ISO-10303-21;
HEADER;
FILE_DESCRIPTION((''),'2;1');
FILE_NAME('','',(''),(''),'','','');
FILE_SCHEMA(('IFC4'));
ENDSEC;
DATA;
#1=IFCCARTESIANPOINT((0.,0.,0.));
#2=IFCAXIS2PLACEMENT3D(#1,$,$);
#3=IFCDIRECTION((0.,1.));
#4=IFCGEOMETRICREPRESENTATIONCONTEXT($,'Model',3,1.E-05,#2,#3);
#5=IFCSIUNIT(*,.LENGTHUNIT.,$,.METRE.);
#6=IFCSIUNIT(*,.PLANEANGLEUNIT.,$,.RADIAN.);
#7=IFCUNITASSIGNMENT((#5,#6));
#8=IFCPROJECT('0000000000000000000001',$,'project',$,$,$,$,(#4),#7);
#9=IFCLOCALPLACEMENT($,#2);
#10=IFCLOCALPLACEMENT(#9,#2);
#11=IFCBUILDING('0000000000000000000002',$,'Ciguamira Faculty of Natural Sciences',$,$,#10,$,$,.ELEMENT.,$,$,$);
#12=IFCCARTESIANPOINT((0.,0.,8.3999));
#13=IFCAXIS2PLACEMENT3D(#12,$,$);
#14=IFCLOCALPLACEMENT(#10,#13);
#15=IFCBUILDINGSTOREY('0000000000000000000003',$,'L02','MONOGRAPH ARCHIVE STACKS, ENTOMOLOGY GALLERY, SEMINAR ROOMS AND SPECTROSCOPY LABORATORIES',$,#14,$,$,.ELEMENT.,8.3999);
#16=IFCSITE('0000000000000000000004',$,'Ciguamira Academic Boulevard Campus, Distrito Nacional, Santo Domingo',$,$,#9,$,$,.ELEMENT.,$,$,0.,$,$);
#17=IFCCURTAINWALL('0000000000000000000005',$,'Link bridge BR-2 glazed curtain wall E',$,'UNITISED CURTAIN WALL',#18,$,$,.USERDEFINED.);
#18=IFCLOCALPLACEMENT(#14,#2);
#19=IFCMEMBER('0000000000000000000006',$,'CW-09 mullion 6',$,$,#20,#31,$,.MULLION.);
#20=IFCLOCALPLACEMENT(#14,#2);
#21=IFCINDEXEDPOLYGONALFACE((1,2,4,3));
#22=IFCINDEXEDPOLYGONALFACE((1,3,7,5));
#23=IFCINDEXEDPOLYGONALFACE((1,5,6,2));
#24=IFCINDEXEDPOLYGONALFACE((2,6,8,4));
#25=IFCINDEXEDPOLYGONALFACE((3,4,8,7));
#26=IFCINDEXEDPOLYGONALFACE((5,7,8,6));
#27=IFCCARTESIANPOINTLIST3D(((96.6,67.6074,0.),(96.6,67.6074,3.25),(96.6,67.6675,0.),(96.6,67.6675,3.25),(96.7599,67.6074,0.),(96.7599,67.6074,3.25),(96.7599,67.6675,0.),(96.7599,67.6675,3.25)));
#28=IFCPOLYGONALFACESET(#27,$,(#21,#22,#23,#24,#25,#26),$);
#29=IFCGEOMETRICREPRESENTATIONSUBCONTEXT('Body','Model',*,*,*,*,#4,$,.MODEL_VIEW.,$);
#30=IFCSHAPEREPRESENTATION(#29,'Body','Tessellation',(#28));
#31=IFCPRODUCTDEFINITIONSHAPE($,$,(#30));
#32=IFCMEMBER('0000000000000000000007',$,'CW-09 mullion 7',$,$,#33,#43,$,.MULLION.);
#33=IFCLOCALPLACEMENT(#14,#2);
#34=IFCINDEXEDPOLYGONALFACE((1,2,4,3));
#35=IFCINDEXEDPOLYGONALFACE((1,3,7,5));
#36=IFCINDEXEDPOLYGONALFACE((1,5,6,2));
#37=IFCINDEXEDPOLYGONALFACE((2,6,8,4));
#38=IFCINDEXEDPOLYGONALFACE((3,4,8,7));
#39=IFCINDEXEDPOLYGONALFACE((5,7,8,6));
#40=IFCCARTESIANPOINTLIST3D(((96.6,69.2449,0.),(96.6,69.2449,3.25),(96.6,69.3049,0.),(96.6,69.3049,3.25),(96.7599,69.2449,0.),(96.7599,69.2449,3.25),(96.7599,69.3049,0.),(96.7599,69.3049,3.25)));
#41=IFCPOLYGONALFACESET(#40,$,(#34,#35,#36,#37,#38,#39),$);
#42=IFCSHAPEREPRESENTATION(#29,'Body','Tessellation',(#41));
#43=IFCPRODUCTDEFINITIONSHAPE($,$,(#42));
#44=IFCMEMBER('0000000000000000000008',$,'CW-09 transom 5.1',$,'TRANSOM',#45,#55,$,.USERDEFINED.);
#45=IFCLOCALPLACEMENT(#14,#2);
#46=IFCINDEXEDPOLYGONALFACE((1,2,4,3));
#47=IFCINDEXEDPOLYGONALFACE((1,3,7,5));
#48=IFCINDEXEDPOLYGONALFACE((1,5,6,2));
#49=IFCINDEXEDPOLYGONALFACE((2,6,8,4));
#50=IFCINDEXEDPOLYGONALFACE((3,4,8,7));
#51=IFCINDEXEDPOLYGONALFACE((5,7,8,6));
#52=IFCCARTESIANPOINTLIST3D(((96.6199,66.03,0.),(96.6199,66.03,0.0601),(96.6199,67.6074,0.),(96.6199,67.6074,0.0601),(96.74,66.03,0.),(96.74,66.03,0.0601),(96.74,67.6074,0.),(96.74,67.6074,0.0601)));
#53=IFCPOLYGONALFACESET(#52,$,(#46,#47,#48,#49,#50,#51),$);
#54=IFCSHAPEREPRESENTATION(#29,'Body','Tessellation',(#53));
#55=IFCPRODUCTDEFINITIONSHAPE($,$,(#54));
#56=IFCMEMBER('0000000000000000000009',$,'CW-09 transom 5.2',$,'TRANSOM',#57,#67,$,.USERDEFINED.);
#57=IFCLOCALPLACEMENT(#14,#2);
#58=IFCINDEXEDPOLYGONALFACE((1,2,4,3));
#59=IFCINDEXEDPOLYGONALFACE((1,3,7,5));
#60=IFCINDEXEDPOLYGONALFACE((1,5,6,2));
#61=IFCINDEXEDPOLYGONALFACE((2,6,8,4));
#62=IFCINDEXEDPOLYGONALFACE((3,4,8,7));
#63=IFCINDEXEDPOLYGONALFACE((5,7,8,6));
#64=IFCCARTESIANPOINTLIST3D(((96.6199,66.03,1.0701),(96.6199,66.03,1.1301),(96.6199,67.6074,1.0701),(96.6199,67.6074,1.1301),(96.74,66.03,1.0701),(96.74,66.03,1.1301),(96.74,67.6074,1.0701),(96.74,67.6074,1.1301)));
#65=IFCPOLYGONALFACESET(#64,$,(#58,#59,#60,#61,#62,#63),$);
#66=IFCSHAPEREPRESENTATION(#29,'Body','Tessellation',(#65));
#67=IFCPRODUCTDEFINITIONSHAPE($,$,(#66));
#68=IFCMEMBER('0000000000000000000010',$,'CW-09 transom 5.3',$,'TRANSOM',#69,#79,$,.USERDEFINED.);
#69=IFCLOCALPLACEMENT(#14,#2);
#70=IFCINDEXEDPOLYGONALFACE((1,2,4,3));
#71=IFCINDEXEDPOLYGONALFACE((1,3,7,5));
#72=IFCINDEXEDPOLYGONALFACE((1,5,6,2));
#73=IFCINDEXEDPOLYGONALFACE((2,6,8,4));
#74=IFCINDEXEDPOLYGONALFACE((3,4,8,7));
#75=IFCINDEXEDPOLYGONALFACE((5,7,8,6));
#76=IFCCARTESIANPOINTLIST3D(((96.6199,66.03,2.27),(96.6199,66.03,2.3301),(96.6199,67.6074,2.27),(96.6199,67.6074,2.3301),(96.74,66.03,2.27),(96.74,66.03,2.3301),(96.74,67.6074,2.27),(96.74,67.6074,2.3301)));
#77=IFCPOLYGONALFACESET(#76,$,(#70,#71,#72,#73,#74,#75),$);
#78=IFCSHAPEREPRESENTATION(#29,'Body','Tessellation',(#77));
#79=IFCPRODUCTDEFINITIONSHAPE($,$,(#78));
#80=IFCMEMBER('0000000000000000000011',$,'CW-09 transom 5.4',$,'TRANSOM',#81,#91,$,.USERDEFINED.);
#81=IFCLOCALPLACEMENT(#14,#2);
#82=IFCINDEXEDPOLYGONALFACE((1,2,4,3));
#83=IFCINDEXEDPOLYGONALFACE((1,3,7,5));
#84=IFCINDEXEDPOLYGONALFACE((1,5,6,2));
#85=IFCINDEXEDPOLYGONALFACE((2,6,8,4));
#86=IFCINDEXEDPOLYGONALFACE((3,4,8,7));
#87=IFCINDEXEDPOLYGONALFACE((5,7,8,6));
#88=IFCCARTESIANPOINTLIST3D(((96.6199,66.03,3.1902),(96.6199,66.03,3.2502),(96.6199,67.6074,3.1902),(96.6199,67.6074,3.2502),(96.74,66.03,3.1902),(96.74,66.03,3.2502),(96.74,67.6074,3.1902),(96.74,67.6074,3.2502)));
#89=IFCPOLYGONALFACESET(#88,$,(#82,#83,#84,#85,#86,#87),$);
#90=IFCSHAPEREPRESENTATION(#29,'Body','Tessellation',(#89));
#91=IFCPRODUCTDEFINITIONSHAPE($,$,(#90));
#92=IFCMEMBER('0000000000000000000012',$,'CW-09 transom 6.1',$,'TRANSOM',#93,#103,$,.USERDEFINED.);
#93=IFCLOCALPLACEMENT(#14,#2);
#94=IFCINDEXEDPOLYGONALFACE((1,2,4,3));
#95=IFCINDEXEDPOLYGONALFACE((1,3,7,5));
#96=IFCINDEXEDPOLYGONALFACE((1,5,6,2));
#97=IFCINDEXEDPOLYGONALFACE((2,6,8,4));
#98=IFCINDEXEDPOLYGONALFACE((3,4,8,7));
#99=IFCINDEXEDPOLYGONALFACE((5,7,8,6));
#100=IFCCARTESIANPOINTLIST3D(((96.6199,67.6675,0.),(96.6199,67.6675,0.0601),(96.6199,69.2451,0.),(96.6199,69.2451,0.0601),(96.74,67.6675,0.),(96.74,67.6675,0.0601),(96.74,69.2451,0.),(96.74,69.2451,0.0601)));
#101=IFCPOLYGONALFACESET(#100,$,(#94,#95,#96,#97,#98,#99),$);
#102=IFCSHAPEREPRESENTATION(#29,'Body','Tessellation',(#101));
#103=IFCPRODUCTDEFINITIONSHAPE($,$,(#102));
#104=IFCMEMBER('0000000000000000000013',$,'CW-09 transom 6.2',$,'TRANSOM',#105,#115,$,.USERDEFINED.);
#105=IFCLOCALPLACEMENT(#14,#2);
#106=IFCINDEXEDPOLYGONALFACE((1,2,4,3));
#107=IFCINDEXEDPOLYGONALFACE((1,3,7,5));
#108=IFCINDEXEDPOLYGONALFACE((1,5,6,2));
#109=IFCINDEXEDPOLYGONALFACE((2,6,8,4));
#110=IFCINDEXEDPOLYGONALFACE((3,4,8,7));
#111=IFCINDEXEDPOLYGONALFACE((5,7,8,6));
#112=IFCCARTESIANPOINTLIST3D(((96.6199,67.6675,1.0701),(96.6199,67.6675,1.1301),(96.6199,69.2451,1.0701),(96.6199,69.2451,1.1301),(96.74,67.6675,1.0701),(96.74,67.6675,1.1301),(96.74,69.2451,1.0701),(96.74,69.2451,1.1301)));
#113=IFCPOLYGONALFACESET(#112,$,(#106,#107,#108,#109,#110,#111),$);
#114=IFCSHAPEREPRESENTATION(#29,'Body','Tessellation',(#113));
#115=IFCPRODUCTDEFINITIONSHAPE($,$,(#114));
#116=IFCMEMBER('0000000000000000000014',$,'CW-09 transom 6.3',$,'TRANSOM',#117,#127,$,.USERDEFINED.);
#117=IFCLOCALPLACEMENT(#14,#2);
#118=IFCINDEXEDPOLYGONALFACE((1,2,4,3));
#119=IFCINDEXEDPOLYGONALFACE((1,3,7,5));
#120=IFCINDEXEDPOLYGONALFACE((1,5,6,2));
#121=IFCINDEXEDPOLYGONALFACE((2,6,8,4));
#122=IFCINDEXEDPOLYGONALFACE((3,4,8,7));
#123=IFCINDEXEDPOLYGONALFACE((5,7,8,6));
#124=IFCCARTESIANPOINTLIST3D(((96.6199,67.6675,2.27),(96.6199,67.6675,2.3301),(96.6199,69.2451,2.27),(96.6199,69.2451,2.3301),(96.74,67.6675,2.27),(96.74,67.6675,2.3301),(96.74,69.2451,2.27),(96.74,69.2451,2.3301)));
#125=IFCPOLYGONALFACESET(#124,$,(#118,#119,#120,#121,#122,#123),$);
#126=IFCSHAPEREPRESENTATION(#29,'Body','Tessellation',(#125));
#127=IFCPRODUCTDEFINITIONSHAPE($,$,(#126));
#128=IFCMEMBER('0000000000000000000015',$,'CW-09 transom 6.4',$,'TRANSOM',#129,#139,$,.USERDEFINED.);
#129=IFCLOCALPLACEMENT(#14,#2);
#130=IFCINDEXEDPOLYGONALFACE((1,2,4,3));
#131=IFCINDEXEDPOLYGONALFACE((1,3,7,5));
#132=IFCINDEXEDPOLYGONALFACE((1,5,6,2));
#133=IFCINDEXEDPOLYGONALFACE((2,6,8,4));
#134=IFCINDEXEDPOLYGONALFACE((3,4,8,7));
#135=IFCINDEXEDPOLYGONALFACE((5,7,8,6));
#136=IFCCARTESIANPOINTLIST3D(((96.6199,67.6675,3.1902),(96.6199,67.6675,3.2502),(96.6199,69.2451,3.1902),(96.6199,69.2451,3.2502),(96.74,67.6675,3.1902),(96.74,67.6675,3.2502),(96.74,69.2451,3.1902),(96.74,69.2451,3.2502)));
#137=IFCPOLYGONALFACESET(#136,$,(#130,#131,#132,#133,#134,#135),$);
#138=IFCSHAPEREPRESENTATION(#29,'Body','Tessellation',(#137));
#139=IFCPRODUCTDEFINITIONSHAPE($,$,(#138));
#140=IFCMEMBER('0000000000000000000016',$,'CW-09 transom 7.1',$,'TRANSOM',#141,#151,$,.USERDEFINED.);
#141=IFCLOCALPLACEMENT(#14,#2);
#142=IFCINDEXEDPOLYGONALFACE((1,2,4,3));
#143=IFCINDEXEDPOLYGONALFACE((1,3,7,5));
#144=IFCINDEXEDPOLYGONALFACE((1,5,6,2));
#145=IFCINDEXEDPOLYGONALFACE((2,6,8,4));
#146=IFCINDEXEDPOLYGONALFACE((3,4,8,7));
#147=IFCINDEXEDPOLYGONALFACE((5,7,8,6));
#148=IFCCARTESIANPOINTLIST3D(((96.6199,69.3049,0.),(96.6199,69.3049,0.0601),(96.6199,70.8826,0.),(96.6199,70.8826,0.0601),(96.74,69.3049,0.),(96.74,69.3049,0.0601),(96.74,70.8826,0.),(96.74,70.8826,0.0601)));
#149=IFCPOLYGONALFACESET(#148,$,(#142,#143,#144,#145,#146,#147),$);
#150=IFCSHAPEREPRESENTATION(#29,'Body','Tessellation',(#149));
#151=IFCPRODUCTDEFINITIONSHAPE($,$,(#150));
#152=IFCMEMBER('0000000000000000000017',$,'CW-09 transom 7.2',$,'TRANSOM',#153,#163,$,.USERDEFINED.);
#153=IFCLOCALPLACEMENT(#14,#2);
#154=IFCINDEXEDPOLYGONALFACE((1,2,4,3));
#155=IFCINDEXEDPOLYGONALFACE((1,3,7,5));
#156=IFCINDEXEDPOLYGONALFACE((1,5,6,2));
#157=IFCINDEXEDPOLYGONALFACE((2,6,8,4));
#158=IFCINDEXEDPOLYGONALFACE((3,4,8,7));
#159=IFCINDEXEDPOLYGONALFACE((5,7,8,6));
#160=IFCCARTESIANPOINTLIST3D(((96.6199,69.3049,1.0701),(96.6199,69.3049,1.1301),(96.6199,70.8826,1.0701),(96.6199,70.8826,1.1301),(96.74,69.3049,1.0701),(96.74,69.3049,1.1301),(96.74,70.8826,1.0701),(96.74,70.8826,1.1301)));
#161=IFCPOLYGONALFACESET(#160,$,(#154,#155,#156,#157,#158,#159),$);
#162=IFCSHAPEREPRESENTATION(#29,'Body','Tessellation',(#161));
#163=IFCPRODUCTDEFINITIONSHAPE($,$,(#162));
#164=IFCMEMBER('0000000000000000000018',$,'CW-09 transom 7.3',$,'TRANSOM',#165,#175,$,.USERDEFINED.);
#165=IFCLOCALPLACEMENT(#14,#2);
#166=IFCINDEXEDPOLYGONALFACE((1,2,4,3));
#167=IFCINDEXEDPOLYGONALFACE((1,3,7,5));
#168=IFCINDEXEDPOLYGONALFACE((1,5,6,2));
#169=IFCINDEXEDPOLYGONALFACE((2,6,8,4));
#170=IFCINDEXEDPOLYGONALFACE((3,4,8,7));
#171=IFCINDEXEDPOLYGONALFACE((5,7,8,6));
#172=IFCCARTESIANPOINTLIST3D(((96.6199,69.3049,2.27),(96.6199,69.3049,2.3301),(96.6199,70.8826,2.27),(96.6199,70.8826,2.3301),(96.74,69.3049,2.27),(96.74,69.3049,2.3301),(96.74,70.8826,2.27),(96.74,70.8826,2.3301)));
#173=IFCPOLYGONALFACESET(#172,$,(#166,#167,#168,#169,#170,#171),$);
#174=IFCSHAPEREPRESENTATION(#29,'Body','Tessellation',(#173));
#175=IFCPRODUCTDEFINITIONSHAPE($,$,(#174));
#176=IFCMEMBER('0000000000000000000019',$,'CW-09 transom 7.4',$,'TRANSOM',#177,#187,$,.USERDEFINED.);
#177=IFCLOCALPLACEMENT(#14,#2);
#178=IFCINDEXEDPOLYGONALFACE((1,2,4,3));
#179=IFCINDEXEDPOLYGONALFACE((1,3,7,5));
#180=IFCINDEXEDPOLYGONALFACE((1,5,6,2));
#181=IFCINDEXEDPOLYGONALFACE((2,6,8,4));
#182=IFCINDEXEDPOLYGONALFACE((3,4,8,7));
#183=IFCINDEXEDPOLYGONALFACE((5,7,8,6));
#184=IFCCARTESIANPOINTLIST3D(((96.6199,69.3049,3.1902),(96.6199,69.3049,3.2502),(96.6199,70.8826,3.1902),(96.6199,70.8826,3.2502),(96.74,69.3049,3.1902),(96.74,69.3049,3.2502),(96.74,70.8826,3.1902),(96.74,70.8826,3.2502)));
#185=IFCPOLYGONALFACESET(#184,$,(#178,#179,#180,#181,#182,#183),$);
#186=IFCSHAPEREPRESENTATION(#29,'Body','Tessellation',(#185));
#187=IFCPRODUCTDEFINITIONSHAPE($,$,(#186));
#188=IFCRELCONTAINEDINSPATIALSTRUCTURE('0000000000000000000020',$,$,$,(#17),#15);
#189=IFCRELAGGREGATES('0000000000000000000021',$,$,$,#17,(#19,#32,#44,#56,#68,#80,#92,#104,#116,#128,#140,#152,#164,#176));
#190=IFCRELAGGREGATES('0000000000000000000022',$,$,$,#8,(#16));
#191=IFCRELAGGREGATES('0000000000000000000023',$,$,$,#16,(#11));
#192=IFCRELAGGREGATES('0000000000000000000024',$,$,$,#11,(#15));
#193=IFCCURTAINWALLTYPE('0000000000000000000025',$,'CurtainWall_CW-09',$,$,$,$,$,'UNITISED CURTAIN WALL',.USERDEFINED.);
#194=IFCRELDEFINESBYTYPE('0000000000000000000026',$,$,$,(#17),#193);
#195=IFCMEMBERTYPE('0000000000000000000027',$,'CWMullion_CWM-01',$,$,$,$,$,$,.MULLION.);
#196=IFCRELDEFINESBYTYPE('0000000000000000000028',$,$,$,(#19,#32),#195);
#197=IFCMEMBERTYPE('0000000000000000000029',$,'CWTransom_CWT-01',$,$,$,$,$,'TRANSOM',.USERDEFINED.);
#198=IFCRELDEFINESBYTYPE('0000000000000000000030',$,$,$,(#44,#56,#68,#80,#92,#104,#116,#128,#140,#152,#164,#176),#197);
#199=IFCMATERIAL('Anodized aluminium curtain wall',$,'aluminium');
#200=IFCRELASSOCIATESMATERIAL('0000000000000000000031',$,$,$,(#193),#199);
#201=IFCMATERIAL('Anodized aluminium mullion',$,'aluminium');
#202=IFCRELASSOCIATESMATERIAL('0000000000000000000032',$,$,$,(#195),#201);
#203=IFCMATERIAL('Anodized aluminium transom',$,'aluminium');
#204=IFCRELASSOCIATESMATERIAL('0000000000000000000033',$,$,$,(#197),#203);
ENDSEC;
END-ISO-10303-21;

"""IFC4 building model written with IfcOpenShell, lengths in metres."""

from ifc_helpers import new_model, si_unit, direction, frame, origin, origin_2d, place, context, subcontext, project, spatial, rectangle, extrude, material, material_profile, profile_set, type_object, element, aggregate, save


model = new_model("IFC4")

# Units and contexts
model_context = context("Model", 3, precision=1e-05, world=origin(), true_north=direction((0.0, 1.0)))
body_context = subcontext(model_context, "Body", "Model", "MODEL_VIEW")
ifc_project = project(units=[si_unit("LENGTHUNIT", "METRE"), si_unit("PLANEANGLEUNIT", "RADIAN")], contexts=[model_context])

# Site, building, storey
site_placement = place(None, origin())
site = spatial("IfcSite", under=ifc_project, at=site_placement, Name="Ciguamira Academic Boulevard Campus, Distrito Nacional, Santo Domingo", CompositionType="ELEMENT", RefElevation=0.0)
building_placement = place(site_placement, origin())
building = spatial("IfcBuilding", under=site, at=building_placement, Name="Ciguamira Faculty of Natural Sciences", CompositionType="ELEMENT")
storey_placement = place(building_placement, frame((0.0, 0.0, 8.3999)))
storey = spatial("IfcBuildingStorey", under=building, at=storey_placement, Name="L02", Description="MONOGRAPH ARCHIVE STACKS, ENTOMOLOGY GALLERY, SEMINAR ROOMS AND SPECTROSCOPY LABORATORIES", CompositionType="ELEMENT", Elevation=8.3999)

# Curtain wall, members
ifc_material_1 = material(Name="Anodized aluminium curtain wall", Category="aluminium")
curtain_wall_type = type_object("IfcCurtainWallType", Name="CurtainWall_CW-09", ElementType="UNITISED CURTAIN WALL", PredefinedType="USERDEFINED", material=ifc_material_1)
curtain_wall_placement = place(storey_placement, origin())
curtain_wall = element("IfcCurtainWall", 1, at=curtain_wall_placement, inside=storey, type_object=curtain_wall_type, Name="Link bridge BR-2 glazed curtain wall E", ObjectType="UNITISED CURTAIN WALL", PredefinedType="USERDEFINED")
ifc_material_2 = material(Name="Anodized aluminium mullion", Category="aluminium")
ifc_material_profile_1 = material_profile(ifc_material_2, rectangle(XDim=0.0601, YDim=0.1599, at=origin_2d()), Name="ALU-MUL-60X160")
ifc_profile_set_1 = profile_set([ifc_material_profile_1], Name="Anodized aluminium mullion")
member_type_1 = type_object("IfcMemberType", Name="CWMullion_CWM-01", PredefinedType="MULLION", material=ifc_profile_set_1)
member_1_placement = place(storey_placement, frame((96.6799, 67.6375, 0.0), z_axis=(0.0, 0.0, 1.0), x_axis=(0.0, 1.0, 0.0)))
member_1 = element("IfcMember", 2, at=member_1_placement, type_object=member_type_1, Name="CW-09 mullion 6", PredefinedType="MULLION", context=body_context, shape_type="SweptSolid", body=[
    extrude(rectangle(XDim=0.0601, YDim=0.1599, at=origin_2d()), origin(), (0.0, 0.0, 1.0), 3.25),
])
member_2_placement = place(storey_placement, frame((96.6799, 69.2749, 0.0), z_axis=(0.0, 0.0, 1.0), x_axis=(0.0, 1.0, 0.0)))
member_2 = element("IfcMember", 3, at=member_2_placement, type_object=member_type_1, Name="CW-09 mullion 7", PredefinedType="MULLION", context=body_context, shape_type="SweptSolid", body=[
    extrude(rectangle(XDim=0.0601, YDim=0.1599, at=origin_2d()), origin(), (0.0, 0.0, 1.0), 3.25),
])
ifc_material_3 = material(Name="Anodized aluminium transom", Category="aluminium")
ifc_material_profile_2 = material_profile(ifc_material_3, rectangle(XDim=0.0601, YDim=0.1201, at=origin_2d()), Name="ALU-TRN-60X120")
ifc_profile_set_2 = profile_set([ifc_material_profile_2], Name="Anodized aluminium transom")
member_type_2 = type_object("IfcMemberType", Name="CWTransom_CWT-01", ElementType="TRANSOM", PredefinedType="USERDEFINED", material=ifc_profile_set_2)
member_3_placement = place(storey_placement, frame((96.6799, 66.03, 0.03), z_axis=(0.0, 1.0, 0.0), x_axis=(0.0, 0.0, 1.0)))
member_3 = element("IfcMember", 4, at=member_3_placement, type_object=member_type_2, Name="CW-09 transom 5.1", ObjectType="TRANSOM", PredefinedType="USERDEFINED", context=body_context, shape_type="SweptSolid", body=[
    extrude(rectangle(XDim=0.0601, YDim=0.1201, at=origin_2d()), origin(), (0.0, 0.0, 1.0), 1.5774),
])
member_4_placement = place(storey_placement, frame((96.6799, 66.03, 1.1001), z_axis=(0.0, 1.0, 0.0), x_axis=(0.0, 0.0, 1.0)))
member_4 = element("IfcMember", 5, at=member_4_placement, type_object=member_type_2, Name="CW-09 transom 5.2", ObjectType="TRANSOM", PredefinedType="USERDEFINED", context=body_context, shape_type="SweptSolid", body=[
    extrude(rectangle(XDim=0.0601, YDim=0.1201, at=origin_2d()), origin(), (0.0, 0.0, 1.0), 1.5774),
])
member_5_placement = place(storey_placement, frame((96.6799, 66.03, 2.3), z_axis=(0.0, 1.0, 0.0), x_axis=(0.0, 0.0, 1.0)))
member_5 = element("IfcMember", 6, at=member_5_placement, type_object=member_type_2, Name="CW-09 transom 5.3", ObjectType="TRANSOM", PredefinedType="USERDEFINED", context=body_context, shape_type="SweptSolid", body=[
    extrude(rectangle(XDim=0.0601, YDim=0.1201, at=origin_2d()), origin(), (0.0, 0.0, 1.0), 1.5774),
])
member_6_placement = place(storey_placement, frame((96.6799, 66.03, 3.2202), z_axis=(0.0, 1.0, 0.0), x_axis=(0.0, 0.0, 1.0)))
member_6 = element("IfcMember", 7, at=member_6_placement, type_object=member_type_2, Name="CW-09 transom 5.4", ObjectType="TRANSOM", PredefinedType="USERDEFINED", context=body_context, shape_type="SweptSolid", body=[
    extrude(rectangle(XDim=0.0601, YDim=0.1201, at=origin_2d()), origin(), (0.0, 0.0, 1.0), 1.5774),
])
member_7_placement = place(storey_placement, frame((96.6799, 67.6675, 0.03), z_axis=(0.0, 1.0, 0.0), x_axis=(0.0, 0.0, 1.0)))
member_7 = element("IfcMember", 8, at=member_7_placement, type_object=member_type_2, Name="CW-09 transom 6.1", ObjectType="TRANSOM", PredefinedType="USERDEFINED", context=body_context, shape_type="SweptSolid", body=[
    extrude(rectangle(XDim=0.0601, YDim=0.1201, at=origin_2d()), origin(), (0.0, 0.0, 1.0), 1.5776),
])
member_8_placement = place(storey_placement, frame((96.6799, 67.6675, 1.1001), z_axis=(0.0, 1.0, 0.0), x_axis=(0.0, 0.0, 1.0)))
member_8 = element("IfcMember", 9, at=member_8_placement, type_object=member_type_2, Name="CW-09 transom 6.2", ObjectType="TRANSOM", PredefinedType="USERDEFINED", context=body_context, shape_type="SweptSolid", body=[
    extrude(rectangle(XDim=0.0601, YDim=0.1201, at=origin_2d()), origin(), (0.0, 0.0, 1.0), 1.5776),
])
member_9_placement = place(storey_placement, frame((96.6799, 67.6675, 2.3), z_axis=(0.0, 1.0, 0.0), x_axis=(0.0, 0.0, 1.0)))
member_9 = element("IfcMember", 10, at=member_9_placement, type_object=member_type_2, Name="CW-09 transom 6.3", ObjectType="TRANSOM", PredefinedType="USERDEFINED", context=body_context, shape_type="SweptSolid", body=[
    extrude(rectangle(XDim=0.0601, YDim=0.1201, at=origin_2d()), origin(), (0.0, 0.0, 1.0), 1.5776),
])
member_10_placement = place(storey_placement, frame((96.6799, 67.6675, 3.2202), z_axis=(0.0, 1.0, 0.0), x_axis=(0.0, 0.0, 1.0)))
member_10 = element("IfcMember", 11, at=member_10_placement, type_object=member_type_2, Name="CW-09 transom 6.4", ObjectType="TRANSOM", PredefinedType="USERDEFINED", context=body_context, shape_type="SweptSolid", body=[
    extrude(rectangle(XDim=0.0601, YDim=0.1201, at=origin_2d()), origin(), (0.0, 0.0, 1.0), 1.5776),
])
member_11_placement = place(storey_placement, frame((96.6799, 69.3049, 0.03), z_axis=(0.0, 1.0, 0.0), x_axis=(0.0, 0.0, 1.0)))
member_11 = element("IfcMember", 12, at=member_11_placement, type_object=member_type_2, Name="CW-09 transom 7.1", ObjectType="TRANSOM", PredefinedType="USERDEFINED", context=body_context, shape_type="SweptSolid", body=[
    extrude(rectangle(XDim=0.0601, YDim=0.1201, at=origin_2d()), origin(), (0.0, 0.0, 1.0), 1.5776),
])
member_12_placement = place(storey_placement, frame((96.6799, 69.3049, 1.1001), z_axis=(0.0, 1.0, 0.0), x_axis=(0.0, 0.0, 1.0)))
member_12 = element("IfcMember", 13, at=member_12_placement, type_object=member_type_2, Name="CW-09 transom 7.2", ObjectType="TRANSOM", PredefinedType="USERDEFINED", context=body_context, shape_type="SweptSolid", body=[
    extrude(rectangle(XDim=0.0601, YDim=0.1201, at=origin_2d()), origin(), (0.0, 0.0, 1.0), 1.5776),
])
member_13_placement = place(storey_placement, frame((96.6799, 69.3049, 2.3), z_axis=(0.0, 1.0, 0.0), x_axis=(0.0, 0.0, 1.0)))
member_13 = element("IfcMember", 14, at=member_13_placement, type_object=member_type_2, Name="CW-09 transom 7.3", ObjectType="TRANSOM", PredefinedType="USERDEFINED", context=body_context, shape_type="SweptSolid", body=[
    extrude(rectangle(XDim=0.0601, YDim=0.1201, at=origin_2d()), origin(), (0.0, 0.0, 1.0), 1.5776),
])
member_14_placement = place(storey_placement, frame((96.6799, 69.3049, 3.2202), z_axis=(0.0, 1.0, 0.0), x_axis=(0.0, 0.0, 1.0)))
member_14 = element("IfcMember", 15, at=member_14_placement, type_object=member_type_2, Name="CW-09 transom 7.4", ObjectType="TRANSOM", PredefinedType="USERDEFINED", context=body_context, shape_type="SweptSolid", body=[
    extrude(rectangle(XDim=0.0601, YDim=0.1201, at=origin_2d()), origin(), (0.0, 0.0, 1.0), 1.5776),
])

aggregate(curtain_wall, [member_1, member_2, member_3, member_4, member_5, member_6, member_7, member_8, member_9, member_10, member_11, member_12, member_13, member_14])

save(model, "model.ifc")
